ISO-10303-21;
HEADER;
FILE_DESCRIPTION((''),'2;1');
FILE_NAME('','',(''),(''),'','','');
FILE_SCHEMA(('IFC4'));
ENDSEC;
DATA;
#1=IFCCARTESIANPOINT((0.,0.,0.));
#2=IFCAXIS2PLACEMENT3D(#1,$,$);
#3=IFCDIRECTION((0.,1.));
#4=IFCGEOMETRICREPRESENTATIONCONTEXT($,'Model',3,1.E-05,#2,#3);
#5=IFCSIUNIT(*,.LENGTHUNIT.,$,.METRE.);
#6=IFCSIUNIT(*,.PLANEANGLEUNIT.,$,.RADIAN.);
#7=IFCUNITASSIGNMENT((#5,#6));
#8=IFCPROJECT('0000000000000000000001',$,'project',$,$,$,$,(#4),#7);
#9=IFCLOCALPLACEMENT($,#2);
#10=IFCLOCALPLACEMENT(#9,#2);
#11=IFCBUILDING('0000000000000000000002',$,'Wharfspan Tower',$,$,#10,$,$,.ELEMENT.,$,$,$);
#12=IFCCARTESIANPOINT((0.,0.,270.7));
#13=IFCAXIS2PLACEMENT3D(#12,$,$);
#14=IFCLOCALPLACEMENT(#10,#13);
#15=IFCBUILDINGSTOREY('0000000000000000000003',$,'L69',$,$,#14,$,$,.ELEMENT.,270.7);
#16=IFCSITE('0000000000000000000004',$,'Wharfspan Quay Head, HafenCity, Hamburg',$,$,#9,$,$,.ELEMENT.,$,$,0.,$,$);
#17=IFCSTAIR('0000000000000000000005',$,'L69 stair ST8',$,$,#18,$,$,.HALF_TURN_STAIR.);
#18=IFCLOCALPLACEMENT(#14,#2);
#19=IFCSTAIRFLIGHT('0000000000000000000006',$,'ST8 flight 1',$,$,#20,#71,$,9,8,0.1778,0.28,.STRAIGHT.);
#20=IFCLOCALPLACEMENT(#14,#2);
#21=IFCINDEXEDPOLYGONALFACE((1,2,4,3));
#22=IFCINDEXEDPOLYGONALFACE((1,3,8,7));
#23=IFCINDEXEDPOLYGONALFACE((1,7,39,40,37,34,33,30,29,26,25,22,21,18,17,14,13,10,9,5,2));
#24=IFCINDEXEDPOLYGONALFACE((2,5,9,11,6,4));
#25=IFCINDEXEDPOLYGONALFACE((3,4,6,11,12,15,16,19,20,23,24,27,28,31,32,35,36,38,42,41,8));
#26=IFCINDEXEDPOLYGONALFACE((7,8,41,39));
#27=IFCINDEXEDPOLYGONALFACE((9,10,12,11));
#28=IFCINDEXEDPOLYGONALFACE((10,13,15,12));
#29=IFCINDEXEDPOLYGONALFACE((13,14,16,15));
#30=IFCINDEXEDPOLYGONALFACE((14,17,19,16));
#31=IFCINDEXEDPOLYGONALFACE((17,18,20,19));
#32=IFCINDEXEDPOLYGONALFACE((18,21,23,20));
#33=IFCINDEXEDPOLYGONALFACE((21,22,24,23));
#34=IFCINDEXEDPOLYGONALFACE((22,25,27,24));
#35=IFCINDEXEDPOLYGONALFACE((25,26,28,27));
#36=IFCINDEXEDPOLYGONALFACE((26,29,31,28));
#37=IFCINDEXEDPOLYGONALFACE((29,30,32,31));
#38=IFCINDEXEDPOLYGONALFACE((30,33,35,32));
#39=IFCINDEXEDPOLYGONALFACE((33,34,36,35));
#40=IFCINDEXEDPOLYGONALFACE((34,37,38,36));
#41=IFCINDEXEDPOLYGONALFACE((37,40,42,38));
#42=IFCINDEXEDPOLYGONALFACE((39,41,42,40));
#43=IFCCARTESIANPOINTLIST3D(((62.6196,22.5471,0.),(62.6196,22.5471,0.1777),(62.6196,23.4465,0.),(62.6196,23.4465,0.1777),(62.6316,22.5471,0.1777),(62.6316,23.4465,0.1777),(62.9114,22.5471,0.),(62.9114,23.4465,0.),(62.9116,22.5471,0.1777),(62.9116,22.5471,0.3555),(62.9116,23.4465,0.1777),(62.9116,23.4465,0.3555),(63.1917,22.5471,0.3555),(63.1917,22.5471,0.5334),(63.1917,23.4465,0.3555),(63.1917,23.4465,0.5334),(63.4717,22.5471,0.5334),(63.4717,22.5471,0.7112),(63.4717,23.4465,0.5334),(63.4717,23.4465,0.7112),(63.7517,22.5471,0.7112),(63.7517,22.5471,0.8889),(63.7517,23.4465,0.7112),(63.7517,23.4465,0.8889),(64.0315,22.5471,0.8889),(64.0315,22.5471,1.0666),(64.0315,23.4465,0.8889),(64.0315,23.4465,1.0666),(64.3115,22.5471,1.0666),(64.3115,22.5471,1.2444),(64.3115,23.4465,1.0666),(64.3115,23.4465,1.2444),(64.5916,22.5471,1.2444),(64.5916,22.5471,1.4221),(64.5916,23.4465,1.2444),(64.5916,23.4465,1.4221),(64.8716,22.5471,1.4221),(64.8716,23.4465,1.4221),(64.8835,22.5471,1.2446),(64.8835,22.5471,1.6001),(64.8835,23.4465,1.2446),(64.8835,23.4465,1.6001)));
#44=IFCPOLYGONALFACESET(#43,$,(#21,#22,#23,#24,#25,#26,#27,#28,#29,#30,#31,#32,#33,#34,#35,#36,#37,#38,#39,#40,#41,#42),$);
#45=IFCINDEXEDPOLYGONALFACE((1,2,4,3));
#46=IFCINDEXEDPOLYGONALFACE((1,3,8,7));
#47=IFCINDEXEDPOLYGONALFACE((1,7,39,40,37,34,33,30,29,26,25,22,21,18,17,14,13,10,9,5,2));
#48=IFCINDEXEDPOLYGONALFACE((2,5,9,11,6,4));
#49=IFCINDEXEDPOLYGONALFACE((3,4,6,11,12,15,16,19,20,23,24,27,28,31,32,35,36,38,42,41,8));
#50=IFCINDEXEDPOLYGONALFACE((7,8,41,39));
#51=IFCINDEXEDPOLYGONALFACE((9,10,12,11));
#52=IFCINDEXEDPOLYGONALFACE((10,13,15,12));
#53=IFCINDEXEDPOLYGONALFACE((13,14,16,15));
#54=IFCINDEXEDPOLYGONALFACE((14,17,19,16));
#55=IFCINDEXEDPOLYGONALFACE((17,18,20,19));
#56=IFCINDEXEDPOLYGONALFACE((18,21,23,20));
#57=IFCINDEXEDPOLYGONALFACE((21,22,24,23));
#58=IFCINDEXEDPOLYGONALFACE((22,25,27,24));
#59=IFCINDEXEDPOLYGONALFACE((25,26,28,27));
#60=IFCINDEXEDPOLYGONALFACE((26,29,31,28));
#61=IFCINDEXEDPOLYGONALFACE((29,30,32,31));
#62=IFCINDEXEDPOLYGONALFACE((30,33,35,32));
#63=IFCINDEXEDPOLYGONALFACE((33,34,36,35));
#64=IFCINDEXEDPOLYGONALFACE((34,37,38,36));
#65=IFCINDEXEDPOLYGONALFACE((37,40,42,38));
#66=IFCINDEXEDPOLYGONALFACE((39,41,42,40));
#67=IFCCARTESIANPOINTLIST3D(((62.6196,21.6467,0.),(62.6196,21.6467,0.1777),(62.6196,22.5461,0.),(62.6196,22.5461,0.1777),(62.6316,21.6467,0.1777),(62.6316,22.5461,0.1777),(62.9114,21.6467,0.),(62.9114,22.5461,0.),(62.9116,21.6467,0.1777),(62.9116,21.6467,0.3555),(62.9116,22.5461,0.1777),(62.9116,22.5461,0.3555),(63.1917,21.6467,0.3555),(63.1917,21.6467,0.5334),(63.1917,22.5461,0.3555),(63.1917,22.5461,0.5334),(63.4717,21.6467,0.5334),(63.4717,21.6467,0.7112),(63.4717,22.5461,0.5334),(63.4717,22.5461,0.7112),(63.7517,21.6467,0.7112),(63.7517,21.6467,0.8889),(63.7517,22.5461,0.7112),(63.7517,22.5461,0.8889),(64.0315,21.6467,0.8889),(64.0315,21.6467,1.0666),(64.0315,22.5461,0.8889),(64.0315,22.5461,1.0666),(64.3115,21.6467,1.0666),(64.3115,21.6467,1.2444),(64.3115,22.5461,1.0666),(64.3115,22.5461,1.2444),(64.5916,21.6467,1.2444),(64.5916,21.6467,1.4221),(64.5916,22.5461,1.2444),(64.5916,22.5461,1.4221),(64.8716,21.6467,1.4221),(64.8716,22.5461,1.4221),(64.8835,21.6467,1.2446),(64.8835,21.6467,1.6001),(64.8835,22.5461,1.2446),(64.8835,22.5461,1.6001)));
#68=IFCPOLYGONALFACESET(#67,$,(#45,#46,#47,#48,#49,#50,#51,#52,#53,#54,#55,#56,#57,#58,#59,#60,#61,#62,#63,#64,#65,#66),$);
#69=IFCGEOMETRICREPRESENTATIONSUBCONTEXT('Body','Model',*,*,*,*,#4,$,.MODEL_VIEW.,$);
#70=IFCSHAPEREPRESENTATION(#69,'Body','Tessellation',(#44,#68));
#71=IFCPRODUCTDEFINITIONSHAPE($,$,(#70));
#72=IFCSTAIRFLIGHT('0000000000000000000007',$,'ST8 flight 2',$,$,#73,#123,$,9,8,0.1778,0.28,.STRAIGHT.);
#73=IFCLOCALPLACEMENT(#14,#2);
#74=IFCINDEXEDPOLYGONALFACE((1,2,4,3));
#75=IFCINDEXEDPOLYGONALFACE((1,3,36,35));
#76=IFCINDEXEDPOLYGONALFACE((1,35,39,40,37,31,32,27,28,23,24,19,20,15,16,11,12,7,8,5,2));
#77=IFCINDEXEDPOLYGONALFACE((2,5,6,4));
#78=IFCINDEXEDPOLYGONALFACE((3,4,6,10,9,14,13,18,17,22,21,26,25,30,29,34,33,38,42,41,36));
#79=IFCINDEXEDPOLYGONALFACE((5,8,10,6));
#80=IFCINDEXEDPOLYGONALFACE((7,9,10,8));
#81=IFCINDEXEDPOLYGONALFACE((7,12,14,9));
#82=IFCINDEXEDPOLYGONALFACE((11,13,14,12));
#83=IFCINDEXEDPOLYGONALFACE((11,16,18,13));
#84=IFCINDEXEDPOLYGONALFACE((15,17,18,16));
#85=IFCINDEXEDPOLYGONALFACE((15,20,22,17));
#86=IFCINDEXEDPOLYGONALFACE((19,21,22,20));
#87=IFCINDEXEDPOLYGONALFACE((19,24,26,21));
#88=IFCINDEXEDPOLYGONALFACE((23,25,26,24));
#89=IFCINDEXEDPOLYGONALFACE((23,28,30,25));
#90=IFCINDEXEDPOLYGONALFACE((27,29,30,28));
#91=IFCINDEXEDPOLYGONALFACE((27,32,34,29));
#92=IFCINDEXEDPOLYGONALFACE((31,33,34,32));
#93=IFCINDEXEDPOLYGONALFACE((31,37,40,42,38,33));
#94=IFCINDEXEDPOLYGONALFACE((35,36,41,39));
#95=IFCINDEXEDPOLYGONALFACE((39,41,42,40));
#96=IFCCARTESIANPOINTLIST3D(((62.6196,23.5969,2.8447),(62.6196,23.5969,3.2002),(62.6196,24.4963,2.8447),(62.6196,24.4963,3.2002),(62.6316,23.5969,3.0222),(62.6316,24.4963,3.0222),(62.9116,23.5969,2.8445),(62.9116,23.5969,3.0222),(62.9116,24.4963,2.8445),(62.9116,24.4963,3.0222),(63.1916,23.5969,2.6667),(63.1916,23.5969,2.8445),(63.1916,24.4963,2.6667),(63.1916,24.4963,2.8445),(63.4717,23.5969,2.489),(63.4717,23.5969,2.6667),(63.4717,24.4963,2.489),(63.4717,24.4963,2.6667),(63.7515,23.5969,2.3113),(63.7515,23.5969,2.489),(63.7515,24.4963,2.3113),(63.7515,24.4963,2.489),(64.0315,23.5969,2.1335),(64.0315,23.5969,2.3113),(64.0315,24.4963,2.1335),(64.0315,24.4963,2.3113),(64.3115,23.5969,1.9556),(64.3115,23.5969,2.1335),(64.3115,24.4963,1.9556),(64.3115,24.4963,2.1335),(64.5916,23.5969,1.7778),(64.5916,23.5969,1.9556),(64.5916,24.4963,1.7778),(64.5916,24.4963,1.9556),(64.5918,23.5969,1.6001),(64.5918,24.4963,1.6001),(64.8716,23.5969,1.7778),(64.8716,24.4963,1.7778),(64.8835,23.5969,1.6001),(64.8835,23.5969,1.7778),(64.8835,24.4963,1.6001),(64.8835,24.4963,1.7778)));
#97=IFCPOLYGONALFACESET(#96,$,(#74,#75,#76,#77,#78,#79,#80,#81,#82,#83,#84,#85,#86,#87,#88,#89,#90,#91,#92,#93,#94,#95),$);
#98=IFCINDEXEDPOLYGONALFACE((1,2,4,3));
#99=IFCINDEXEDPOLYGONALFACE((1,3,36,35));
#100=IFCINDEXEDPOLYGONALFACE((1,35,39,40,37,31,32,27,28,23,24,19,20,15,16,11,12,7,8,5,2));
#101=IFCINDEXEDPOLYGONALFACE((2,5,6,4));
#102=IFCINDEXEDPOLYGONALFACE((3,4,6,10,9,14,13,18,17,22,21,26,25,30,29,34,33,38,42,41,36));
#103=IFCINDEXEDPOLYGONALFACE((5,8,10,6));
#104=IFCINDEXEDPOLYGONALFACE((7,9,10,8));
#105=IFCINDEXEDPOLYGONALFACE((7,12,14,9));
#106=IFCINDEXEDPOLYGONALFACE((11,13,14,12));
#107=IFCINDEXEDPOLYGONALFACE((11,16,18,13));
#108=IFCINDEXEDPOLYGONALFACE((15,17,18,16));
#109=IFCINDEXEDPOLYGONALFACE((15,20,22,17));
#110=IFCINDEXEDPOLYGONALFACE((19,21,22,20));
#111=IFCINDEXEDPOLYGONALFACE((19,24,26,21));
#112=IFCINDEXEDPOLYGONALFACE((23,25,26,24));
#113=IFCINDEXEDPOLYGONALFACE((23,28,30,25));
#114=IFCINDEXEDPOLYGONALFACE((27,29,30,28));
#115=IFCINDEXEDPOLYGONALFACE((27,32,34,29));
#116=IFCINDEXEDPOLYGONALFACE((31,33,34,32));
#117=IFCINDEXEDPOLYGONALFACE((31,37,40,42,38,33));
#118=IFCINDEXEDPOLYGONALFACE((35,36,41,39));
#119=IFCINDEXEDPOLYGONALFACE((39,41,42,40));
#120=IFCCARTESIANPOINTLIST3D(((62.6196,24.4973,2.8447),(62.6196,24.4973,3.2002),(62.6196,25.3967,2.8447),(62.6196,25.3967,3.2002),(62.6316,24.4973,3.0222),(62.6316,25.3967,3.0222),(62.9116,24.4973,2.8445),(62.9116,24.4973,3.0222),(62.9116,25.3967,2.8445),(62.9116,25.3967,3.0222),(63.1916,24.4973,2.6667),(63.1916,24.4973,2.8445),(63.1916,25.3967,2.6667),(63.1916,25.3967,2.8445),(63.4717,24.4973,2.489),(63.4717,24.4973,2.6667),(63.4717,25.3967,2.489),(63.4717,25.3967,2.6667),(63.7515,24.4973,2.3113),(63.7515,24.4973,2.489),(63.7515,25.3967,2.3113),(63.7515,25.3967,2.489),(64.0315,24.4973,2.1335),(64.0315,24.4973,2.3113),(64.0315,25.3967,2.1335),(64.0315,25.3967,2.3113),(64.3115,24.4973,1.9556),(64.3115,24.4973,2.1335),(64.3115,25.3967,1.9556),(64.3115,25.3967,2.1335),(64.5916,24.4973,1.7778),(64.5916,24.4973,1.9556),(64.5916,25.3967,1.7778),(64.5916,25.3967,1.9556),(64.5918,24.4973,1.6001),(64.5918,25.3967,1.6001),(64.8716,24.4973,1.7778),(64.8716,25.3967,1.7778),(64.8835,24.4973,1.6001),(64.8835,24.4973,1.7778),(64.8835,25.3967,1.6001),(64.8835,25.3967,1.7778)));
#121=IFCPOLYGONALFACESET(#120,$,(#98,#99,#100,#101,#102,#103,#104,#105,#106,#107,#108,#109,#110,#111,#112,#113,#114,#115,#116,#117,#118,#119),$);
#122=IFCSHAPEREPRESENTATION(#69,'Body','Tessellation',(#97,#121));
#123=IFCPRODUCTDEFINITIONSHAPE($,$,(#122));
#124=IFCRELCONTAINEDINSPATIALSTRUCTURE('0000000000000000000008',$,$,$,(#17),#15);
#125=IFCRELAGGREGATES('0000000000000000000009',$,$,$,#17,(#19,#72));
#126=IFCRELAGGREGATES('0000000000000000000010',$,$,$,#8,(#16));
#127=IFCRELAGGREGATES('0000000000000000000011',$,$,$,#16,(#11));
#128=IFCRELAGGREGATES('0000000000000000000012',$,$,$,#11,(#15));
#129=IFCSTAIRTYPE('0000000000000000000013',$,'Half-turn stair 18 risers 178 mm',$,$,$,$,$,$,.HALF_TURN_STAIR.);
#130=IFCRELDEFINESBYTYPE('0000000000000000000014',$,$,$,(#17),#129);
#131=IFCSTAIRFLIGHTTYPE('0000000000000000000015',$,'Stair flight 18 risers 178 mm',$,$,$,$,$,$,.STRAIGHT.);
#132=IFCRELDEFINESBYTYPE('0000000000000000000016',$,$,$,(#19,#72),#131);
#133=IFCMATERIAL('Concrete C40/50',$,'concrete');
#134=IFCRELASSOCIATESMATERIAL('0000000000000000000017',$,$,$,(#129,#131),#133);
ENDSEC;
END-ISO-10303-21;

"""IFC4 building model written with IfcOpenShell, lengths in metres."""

from ifc_helpers import new_model, si_unit, direction, frame, origin, place, context, subcontext, project, spatial, polyline, outline, extrude, material, type_object, element, aggregate, save


model = new_model("IFC4")

# Units and contexts
model_context = context("Model", 3, precision=1e-05, world=origin(), true_north=direction((0.0, 1.0)))
body_context = subcontext(model_context, "Body", "Model", "MODEL_VIEW")
ifc_project = project(units=[si_unit("LENGTHUNIT", "METRE"), si_unit("PLANEANGLEUNIT", "RADIAN")], contexts=[model_context])

# Site, building, storey
site_placement = place(None, origin())
site = spatial("IfcSite", under=ifc_project, at=site_placement, Name="Wharfspan Quay Head, HafenCity, Hamburg", CompositionType="ELEMENT", RefElevation=0.0)
building_placement = place(site_placement, origin())
building = spatial("IfcBuilding", under=site, at=building_placement, Name="Wharfspan Tower", CompositionType="ELEMENT")
storey_placement = place(building_placement, frame((0.0, 0.0, 270.7)))
storey = spatial("IfcBuildingStorey", under=building, at=storey_placement, Name="L69", CompositionType="ELEMENT", Elevation=270.7)

# Shared definitions
ifc_material_1 = material(Name="Concrete C40/50", Category="concrete")

# Stair, stair flights
stair_type = type_object("IfcStairType", Name="Half-turn stair 18 risers 178 mm", PredefinedType="HALF_TURN_STAIR", material=ifc_material_1)
stair_placement = place(storey_placement, origin())
stair = element("IfcStair", 1, at=stair_placement, inside=storey, type_object=stair_type, Name="L69 stair ST8", PredefinedType="HALF_TURN_STAIR")
stair_flight_type = type_object("IfcStairFlightType", Name="Stair flight 18 risers 178 mm", PredefinedType="STRAIGHT", material=ifc_material_1)
stair_flight_1_placement = place(storey_placement, frame((62.6316, 22.5466, 0.0), z_axis=(0.0, 0.0, 1.0), x_axis=(1.0, 0.0, 0.0)))
stair_flight_1 = element("IfcStairFlight", 2, at=stair_flight_1_placement, type_object=stair_flight_type, Name="ST8 flight 1", NumberOfRisers=9, NumberOfTreads=8, PredefinedType="STRAIGHT", RiserHeight=0.1778, TreadLength=0.28, context=body_context, shape_type="SweptSolid", body=[
    extrude(outline(polyline([(-0.012, 0.0), (-0.012, 0.1777), (0.0, 0.1777), (0.28, 0.1777), (0.28, 0.3555), (0.5601, 0.3555), (0.5601, 0.5334), (0.8401, 0.5334), (0.8401, 0.7112), (1.1201, 0.7112), (1.1201, 0.8889), (1.3999, 0.8889), (1.3999, 1.0667), (1.6799, 1.0667), (1.6799, 1.2444), (1.96, 1.2444), (1.96, 1.4221), (2.24, 1.4221), (2.252, 1.6001), (2.252, 1.2446), (0.2798, 0.0), (-0.012, 0.0)])), frame((0.0, 0.8999, 0.0), z_axis=(0.0, -1.0, 0.0), x_axis=(1.0, 0.0, 0.0)), (0.0, 0.0, 1.0), 0.8994),
    extrude(outline(polyline([(-0.012, 0.0), (-0.012, 0.1777), (0.0, 0.1777), (0.28, 0.1777), (0.28, 0.3555), (0.5601, 0.3555), (0.5601, 0.5334), (0.8401, 0.5334), (0.8401, 0.7112), (1.1201, 0.7112), (1.1201, 0.8889), (1.3999, 0.8889), (1.3999, 1.0667), (1.6799, 1.0667), (1.6799, 1.2444), (1.96, 1.2444), (1.96, 1.4221), (2.24, 1.4221), (2.252, 1.6001), (2.252, 1.2446), (0.2798, 0.0), (-0.012, 0.0)])), frame((0.0, -0.0005, 0.0), z_axis=(0.0, -1.0, 0.0), x_axis=(1.0, 0.0, 0.0)), (0.0, 0.0, 1.0), 0.8994),
])
stair_flight_2_placement = place(storey_placement, frame((64.8716, 24.4968, 1.6001), z_axis=(0.0, 0.0, 1.0), x_axis=(-1.0, 0.0, 0.0)))
stair_flight_2 = element("IfcStairFlight", 3, at=stair_flight_2_placement, type_object=stair_flight_type, Name="ST8 flight 2", NumberOfRisers=9, NumberOfTreads=8, PredefinedType="STRAIGHT", RiserHeight=0.1778, TreadLength=0.28, context=body_context, shape_type="SweptSolid", body=[
    extrude(outline(polyline([(-0.012, 0.0), (-0.012, 0.1777), (0.0, 0.1777), (0.28, 0.1777), (0.28, 0.3555), (0.5601, 0.3555), (0.5601, 0.5334), (0.8401, 0.5334), (0.8401, 0.7112), (1.1201, 0.7112), (1.1201, 0.8889), (1.3999, 0.8889), (1.3999, 1.0667), (1.6799, 1.0667), (1.6799, 1.2444), (1.96, 1.2444), (1.96, 1.4221), (2.24, 1.4221), (2.252, 1.6001), (2.252, 1.2446), (0.2798, 0.0), (-0.012, 0.0)])), frame((0.0, 0.8999, 0.0), z_axis=(0.0, -1.0, 0.0), x_axis=(1.0, 0.0, 0.0)), (0.0, 0.0, 1.0), 0.8994),
    extrude(outline(polyline([(-0.012, 0.0), (-0.012, 0.1777), (0.0, 0.1777), (0.28, 0.1777), (0.28, 0.3555), (0.5601, 0.3555), (0.5601, 0.5334), (0.8401, 0.5334), (0.8401, 0.7112), (1.1201, 0.7112), (1.1201, 0.8889), (1.3999, 0.8889), (1.3999, 1.0667), (1.6799, 1.0667), (1.6799, 1.2444), (1.96, 1.2444), (1.96, 1.4221), (2.24, 1.4221), (2.252, 1.6001), (2.252, 1.2446), (0.2798, 0.0), (-0.012, 0.0)])), frame((0.0, -0.0005, 0.0), z_axis=(0.0, -1.0, 0.0), x_axis=(1.0, 0.0, 0.0)), (0.0, 0.0, 1.0), 0.8994),
])
aggregate(stair, [stair_flight_1, stair_flight_2])

save(model, "model.ifc")
